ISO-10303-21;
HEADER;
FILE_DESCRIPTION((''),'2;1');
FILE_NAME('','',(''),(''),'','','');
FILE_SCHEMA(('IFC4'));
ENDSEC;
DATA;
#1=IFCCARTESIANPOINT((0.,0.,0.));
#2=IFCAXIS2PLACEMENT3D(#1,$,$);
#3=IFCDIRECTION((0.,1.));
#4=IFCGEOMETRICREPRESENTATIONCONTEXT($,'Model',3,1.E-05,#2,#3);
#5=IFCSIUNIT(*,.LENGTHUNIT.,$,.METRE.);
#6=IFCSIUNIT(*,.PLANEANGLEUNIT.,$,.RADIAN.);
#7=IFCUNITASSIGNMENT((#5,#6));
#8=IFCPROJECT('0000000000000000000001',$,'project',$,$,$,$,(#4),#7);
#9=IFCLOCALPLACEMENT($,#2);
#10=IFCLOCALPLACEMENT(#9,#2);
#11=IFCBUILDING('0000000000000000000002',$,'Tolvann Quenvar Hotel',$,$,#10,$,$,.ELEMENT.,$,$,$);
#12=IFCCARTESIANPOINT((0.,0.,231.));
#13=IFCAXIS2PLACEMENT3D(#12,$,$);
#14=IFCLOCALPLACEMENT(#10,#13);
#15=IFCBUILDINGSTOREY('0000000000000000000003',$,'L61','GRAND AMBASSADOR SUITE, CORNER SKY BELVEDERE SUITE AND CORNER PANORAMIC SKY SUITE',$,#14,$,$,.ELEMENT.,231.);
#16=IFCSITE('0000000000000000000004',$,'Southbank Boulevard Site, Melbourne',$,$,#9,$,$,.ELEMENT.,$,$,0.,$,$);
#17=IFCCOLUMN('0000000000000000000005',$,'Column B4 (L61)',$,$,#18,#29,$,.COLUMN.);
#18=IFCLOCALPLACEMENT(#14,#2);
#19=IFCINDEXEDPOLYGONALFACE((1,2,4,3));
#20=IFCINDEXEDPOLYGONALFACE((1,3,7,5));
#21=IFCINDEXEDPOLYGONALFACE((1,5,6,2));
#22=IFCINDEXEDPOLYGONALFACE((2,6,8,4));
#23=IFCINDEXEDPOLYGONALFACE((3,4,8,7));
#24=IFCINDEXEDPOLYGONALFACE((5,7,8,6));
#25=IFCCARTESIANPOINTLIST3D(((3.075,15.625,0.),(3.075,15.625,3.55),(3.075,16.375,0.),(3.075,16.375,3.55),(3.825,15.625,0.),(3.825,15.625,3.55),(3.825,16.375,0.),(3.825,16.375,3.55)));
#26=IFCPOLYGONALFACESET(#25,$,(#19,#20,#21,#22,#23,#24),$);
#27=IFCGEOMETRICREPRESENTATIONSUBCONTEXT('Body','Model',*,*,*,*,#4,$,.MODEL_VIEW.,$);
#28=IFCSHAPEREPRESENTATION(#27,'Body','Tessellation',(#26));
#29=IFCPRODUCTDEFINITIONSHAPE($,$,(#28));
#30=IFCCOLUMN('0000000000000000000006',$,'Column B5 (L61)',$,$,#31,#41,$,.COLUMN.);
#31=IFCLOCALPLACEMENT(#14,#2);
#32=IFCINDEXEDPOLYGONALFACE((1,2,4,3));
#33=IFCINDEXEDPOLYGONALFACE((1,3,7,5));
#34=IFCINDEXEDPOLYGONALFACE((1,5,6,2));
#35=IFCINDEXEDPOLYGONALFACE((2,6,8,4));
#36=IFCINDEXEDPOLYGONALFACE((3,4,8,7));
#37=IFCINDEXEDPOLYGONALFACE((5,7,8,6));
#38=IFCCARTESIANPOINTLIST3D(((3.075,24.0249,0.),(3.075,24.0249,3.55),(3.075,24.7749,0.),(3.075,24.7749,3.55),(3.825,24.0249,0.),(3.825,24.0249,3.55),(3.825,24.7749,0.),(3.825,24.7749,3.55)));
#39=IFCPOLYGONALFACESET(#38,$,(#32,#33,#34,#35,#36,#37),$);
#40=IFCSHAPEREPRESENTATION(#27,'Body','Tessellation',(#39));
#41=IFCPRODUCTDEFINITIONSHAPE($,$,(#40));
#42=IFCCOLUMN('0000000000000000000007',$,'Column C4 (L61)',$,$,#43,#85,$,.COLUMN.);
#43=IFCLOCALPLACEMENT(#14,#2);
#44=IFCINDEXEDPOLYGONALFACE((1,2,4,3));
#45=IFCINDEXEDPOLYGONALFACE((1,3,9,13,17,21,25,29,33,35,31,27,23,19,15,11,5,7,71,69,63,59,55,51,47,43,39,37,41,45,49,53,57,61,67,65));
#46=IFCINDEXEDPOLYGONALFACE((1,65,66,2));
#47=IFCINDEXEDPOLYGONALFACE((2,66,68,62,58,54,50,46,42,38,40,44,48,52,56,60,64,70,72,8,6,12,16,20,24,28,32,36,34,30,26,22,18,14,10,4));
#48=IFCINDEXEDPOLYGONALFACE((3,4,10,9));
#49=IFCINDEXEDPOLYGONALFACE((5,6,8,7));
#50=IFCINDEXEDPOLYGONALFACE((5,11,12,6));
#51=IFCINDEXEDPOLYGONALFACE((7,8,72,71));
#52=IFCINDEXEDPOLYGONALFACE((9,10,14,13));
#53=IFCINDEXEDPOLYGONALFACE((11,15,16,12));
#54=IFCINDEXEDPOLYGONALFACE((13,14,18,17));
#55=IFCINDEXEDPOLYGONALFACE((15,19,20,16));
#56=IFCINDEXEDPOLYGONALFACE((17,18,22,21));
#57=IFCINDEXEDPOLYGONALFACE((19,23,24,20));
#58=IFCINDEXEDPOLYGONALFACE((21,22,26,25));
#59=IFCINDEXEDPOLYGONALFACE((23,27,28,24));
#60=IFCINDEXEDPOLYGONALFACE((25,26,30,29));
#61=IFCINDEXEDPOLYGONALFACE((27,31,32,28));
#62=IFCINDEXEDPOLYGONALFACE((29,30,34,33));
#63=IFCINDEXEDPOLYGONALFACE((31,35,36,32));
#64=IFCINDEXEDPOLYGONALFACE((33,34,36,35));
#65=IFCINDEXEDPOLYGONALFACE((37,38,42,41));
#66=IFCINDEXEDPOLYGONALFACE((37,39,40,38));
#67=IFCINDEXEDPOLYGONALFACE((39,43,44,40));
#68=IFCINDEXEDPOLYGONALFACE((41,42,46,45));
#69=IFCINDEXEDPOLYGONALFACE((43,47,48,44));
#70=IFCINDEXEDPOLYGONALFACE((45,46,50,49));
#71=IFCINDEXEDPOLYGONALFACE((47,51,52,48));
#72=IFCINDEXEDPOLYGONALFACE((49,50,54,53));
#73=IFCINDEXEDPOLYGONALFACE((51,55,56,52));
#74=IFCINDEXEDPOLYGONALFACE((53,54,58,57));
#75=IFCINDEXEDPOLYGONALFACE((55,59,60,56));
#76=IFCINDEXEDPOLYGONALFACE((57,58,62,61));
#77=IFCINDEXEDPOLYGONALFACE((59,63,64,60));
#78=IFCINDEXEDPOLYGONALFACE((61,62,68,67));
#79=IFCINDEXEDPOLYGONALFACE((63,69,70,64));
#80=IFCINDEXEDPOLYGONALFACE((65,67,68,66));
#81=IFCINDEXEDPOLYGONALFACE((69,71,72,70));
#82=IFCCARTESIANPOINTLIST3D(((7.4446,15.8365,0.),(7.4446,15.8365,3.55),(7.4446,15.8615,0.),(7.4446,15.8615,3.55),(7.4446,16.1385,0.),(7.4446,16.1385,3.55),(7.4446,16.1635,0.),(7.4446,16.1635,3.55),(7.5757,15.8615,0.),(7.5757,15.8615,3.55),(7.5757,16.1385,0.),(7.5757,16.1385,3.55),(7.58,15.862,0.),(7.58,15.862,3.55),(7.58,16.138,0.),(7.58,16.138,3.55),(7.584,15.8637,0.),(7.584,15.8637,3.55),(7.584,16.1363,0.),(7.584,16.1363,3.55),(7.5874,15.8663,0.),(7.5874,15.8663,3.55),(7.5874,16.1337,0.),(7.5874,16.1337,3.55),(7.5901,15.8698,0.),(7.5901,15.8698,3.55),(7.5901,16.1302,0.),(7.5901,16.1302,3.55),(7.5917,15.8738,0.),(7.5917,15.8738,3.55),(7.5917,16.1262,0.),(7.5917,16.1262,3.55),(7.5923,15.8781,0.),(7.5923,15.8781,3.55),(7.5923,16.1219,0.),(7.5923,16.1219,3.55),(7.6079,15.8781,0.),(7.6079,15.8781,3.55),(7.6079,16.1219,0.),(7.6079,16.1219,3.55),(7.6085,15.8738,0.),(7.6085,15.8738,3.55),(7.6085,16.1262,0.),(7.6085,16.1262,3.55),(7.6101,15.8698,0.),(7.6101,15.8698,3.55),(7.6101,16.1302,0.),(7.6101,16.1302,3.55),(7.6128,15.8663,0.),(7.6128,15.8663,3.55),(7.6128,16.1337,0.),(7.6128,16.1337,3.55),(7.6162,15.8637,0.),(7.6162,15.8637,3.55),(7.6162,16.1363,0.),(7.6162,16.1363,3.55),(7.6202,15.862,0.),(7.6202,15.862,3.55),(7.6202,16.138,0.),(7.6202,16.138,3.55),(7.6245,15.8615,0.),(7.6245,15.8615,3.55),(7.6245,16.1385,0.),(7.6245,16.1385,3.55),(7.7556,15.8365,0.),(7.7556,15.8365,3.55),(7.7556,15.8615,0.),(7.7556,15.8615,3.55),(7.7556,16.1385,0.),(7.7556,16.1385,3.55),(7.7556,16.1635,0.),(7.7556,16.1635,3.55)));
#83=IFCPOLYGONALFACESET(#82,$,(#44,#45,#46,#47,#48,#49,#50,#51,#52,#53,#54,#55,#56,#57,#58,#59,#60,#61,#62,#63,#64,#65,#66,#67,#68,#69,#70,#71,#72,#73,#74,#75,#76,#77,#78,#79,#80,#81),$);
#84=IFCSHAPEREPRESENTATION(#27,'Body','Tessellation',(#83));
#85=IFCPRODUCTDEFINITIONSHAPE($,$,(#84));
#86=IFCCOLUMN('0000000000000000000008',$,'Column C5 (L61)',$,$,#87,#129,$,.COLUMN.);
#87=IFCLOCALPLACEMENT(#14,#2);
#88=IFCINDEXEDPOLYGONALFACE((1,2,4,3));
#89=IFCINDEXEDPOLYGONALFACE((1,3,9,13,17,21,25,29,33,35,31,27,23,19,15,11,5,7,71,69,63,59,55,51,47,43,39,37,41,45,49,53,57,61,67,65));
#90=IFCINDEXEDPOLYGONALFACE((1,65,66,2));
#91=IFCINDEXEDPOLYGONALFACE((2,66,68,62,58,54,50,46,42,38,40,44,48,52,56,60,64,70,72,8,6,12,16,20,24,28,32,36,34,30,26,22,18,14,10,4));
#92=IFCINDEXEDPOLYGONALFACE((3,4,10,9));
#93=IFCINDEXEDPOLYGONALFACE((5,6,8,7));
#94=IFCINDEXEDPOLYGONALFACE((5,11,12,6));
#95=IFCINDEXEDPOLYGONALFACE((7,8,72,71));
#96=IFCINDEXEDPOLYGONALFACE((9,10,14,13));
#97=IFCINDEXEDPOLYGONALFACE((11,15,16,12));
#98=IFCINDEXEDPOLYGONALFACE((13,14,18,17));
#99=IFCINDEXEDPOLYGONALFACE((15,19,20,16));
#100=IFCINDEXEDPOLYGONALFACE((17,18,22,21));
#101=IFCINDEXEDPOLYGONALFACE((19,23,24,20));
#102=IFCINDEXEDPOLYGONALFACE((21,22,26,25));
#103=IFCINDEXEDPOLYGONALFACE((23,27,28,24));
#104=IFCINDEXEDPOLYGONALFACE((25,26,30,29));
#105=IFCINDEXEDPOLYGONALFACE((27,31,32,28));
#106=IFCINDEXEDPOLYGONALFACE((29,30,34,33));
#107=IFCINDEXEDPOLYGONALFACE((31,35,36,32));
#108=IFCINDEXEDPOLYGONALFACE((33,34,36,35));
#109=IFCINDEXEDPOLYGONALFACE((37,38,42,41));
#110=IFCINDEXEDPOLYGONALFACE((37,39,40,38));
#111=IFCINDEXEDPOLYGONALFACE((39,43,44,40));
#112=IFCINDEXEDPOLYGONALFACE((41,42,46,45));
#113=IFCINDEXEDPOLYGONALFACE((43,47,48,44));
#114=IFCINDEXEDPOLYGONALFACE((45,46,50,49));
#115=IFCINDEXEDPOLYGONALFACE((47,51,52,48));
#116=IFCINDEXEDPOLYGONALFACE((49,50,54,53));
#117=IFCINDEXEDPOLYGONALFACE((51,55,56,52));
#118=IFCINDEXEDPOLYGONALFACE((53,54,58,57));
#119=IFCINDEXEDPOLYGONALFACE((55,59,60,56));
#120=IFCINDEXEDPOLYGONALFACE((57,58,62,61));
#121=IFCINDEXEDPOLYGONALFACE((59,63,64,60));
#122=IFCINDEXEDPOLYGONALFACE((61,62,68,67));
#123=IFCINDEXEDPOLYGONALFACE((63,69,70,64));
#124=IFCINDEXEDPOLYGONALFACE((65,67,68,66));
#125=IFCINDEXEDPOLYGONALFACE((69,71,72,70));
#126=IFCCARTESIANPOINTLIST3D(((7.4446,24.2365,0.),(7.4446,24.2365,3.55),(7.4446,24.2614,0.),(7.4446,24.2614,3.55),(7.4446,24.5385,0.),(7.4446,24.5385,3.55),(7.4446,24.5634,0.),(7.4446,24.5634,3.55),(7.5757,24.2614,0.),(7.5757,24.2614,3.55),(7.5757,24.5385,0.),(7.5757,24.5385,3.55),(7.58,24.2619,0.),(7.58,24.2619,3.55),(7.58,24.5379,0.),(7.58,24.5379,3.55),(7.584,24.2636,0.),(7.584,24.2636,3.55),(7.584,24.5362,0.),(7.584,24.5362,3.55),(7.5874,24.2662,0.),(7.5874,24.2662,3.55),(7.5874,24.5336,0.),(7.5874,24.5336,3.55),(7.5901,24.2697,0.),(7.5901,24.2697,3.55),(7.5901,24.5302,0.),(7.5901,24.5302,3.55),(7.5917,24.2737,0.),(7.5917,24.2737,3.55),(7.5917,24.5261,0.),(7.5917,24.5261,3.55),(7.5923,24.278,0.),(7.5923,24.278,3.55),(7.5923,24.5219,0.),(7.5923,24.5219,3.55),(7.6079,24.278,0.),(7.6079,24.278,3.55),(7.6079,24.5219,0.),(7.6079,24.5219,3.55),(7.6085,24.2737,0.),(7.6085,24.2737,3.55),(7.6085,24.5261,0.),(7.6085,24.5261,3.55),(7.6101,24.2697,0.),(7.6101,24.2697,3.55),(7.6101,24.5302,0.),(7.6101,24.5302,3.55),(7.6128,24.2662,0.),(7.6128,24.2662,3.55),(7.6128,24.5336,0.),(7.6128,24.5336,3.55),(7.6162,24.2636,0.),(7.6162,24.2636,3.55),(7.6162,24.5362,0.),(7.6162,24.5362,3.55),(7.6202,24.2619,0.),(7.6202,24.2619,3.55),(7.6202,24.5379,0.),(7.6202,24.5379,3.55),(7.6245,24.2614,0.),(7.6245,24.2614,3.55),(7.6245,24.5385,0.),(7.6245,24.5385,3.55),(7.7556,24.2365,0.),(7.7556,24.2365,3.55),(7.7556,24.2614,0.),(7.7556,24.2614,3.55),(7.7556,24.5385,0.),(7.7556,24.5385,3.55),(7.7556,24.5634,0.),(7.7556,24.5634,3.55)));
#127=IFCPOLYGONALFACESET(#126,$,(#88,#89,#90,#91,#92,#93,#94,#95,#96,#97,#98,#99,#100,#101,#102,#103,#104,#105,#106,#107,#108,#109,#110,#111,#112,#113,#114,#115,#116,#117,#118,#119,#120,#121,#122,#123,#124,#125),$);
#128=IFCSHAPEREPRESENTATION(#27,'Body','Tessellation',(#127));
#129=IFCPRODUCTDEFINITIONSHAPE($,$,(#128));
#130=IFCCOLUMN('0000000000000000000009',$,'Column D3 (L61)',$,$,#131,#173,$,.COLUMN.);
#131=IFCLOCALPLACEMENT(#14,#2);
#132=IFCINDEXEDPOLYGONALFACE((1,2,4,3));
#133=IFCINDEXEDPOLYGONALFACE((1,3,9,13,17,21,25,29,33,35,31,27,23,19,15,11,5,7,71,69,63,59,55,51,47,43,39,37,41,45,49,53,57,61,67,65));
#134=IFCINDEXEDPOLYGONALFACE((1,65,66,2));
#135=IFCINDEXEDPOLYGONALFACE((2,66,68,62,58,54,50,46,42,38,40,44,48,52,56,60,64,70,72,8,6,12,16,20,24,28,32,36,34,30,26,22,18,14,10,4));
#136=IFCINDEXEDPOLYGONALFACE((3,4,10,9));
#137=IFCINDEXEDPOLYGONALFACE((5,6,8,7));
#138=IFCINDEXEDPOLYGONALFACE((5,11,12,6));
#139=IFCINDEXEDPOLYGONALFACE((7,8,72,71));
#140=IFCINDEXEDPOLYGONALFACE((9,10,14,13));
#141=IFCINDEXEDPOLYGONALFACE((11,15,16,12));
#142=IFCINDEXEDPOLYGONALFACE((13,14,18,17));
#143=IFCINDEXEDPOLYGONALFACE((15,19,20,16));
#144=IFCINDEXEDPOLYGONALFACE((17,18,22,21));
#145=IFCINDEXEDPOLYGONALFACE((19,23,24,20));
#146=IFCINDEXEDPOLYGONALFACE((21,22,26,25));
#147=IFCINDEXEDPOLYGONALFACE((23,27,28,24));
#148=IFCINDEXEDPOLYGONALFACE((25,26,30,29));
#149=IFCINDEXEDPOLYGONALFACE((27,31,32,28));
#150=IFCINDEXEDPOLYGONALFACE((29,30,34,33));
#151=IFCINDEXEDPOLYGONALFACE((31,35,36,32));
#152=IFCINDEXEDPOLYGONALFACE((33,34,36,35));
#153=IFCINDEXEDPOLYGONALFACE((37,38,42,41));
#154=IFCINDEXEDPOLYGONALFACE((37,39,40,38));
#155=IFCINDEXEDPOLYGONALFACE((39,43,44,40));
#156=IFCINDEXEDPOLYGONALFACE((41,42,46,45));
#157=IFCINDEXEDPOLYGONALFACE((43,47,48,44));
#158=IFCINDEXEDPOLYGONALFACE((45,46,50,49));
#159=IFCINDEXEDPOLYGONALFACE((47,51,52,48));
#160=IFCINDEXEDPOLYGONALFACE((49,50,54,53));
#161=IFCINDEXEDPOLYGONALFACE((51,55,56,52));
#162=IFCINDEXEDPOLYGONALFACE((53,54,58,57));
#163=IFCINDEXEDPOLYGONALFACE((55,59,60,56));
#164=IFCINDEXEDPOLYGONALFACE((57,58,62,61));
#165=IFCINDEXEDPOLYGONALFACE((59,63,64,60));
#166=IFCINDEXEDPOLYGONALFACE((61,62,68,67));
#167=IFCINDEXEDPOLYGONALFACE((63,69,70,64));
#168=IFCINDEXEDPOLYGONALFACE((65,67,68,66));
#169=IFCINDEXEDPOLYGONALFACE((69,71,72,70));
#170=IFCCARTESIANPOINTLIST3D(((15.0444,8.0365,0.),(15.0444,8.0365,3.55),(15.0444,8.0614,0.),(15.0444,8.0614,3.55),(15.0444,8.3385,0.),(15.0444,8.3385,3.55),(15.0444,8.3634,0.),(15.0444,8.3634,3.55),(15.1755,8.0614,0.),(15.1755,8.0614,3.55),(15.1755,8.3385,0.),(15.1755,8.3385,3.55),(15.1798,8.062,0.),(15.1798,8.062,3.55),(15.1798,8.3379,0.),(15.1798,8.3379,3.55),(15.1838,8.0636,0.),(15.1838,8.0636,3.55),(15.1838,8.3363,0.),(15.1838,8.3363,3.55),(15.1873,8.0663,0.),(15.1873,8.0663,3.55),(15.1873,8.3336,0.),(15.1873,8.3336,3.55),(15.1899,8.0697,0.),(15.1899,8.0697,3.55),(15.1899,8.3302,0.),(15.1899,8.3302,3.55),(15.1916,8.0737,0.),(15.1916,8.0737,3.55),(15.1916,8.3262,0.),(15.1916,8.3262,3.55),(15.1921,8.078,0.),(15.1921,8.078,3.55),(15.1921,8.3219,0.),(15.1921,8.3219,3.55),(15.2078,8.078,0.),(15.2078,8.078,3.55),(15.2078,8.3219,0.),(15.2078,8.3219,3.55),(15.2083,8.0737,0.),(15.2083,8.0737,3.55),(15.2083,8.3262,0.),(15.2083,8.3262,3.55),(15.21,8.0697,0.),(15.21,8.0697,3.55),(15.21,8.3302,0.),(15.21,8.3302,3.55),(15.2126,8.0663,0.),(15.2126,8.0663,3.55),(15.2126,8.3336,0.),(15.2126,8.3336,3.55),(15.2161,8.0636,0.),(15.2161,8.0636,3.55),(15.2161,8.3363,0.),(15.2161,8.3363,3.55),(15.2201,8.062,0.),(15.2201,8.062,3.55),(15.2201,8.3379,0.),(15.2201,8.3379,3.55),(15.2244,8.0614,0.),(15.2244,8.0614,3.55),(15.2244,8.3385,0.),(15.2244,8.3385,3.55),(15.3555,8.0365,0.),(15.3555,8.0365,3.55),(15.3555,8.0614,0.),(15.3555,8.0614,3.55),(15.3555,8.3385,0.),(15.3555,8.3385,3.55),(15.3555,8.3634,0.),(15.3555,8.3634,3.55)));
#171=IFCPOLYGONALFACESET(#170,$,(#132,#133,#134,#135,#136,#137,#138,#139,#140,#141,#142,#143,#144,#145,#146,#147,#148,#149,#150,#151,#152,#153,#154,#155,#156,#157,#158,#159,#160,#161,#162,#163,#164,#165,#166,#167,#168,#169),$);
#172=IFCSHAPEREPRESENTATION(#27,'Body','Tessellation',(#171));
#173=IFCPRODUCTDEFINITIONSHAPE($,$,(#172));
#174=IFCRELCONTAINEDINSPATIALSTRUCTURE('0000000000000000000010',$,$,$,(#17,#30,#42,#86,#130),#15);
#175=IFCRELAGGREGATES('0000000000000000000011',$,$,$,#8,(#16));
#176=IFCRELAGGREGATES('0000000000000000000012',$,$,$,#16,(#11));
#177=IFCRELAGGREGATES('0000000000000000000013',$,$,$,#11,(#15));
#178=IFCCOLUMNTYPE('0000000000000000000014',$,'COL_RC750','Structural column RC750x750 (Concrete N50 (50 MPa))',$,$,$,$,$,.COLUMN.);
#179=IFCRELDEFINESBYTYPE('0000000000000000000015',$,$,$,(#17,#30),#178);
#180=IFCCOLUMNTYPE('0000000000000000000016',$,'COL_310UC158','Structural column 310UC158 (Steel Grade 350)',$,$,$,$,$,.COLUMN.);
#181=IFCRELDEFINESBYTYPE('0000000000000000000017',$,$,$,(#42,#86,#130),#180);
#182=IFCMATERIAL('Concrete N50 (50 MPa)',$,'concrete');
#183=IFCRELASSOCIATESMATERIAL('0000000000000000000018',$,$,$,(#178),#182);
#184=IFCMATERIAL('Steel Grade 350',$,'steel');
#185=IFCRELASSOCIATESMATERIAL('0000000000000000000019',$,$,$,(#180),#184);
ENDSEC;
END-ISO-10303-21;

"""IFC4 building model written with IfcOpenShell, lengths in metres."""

from ifc_helpers import new_model, si_unit, direction, frame, origin, origin_2d, place, context, subcontext, project, spatial, rectangle, i_section, extrude, source, transform, mapped, material, material_profile, profile_set, type_object, type_shapes, element, save


model = new_model("IFC4")

# Units and contexts
model_context = context("Model", 3, precision=1e-05, world=origin(), true_north=direction((0.0, 1.0)))
body_context = subcontext(model_context, "Body", "Model", "MODEL_VIEW")
ifc_project = project(units=[si_unit("LENGTHUNIT", "METRE"), si_unit("PLANEANGLEUNIT", "RADIAN")], contexts=[model_context])

# Site, building, storey
site_placement = place(None, origin())
site = spatial("IfcSite", under=ifc_project, at=site_placement, Name="Southbank Boulevard Site, Melbourne", CompositionType="ELEMENT", RefElevation=0.0)
building_placement = place(site_placement, origin())
building = spatial("IfcBuilding", under=site, at=building_placement, Name="Tolvann Quenvar Hotel", CompositionType="ELEMENT")
storey_placement = place(building_placement, frame((0.0, 0.0, 231.0)))
storey = spatial("IfcBuildingStorey", under=building, at=storey_placement, Name="L61", Description="GRAND AMBASSADOR SUITE, CORNER SKY BELVEDERE SUITE AND CORNER PANORAMIC SKY SUITE", CompositionType="ELEMENT", Elevation=231.0)

# Columns
ifc_material_1 = material(Name="Concrete N50 (50 MPa)", Category="concrete")
ifc_material_profile_1 = material_profile(ifc_material_1, rectangle(XDim=0.75, YDim=0.75, at=origin_2d()), Name="RC750x750")
ifc_profile_set_1 = profile_set([ifc_material_profile_1], Name="Concrete N50 (50 MPa)")
column_type_1 = type_object("IfcColumnType", Name="COL_RC750", Description="Structural column RC750x750 (Concrete N50 (50 MPa))", PredefinedType="COLUMN", material=ifc_profile_set_1)
shared_shape_1 = source(origin(), body_context, "Body", "SweptSolid", [
    extrude(rectangle(XDim=0.75, YDim=0.75, at=origin_2d()), origin(), (0.0, 0.0, 1.0), 3.55),
])
type_shapes(column_type_1, [shared_shape_1])
for number, where, z_axis, x_axis, name in (
    (1, (3.45, 16.0, 0.0), (0.0, 0.0, 1.0), (1.0, 0.0, 0.0), "Column B4 (L61)"),
    (2, (3.45, 24.3999, 0.0), (0.0, 0.0, 1.0), (1.0, 0.0, 0.0), "Column B5 (L61)"),
):
    element("IfcColumn", number, at=place(storey_placement, frame(where, z_axis=z_axis, x_axis=x_axis)), inside=storey, type_object=column_type_1, Name=name, PredefinedType="COLUMN", context=body_context, shape_type="MappedRepresentation", body=[
        mapped(shared_shape_1, transform((0.0, 0.0, 0.0), x_axis=(1.0, 0.0, 0.0), y_axis=(0.0, 1.0, 0.0), z_axis=(0.0, 0.0, 1.0), scale=1.0)),
    ])
ifc_material_2 = material(Name="Steel Grade 350", Category="steel")
ifc_material_profile_2 = material_profile(ifc_material_2, i_section(OverallWidth=0.311, OverallDepth=0.3269, WebThickness=0.0156, FlangeThickness=0.0249, FilletRadius=0.0166, at=origin_2d()), Name="310UC158")
ifc_profile_set_2 = profile_set([ifc_material_profile_2], Name="Steel Grade 350")
column_type_2 = type_object("IfcColumnType", Name="COL_310UC158", Description="Structural column 310UC158 (Steel Grade 350)", PredefinedType="COLUMN", material=ifc_profile_set_2)
shared_shape_2 = source(origin(), body_context, "Body", "SweptSolid", [
    extrude(i_section(OverallWidth=0.311, OverallDepth=0.3269, WebThickness=0.0156, FlangeThickness=0.0249, FilletRadius=0.0166, at=origin_2d()), origin(), (0.0, 0.0, 1.0), 3.55),
])
type_shapes(column_type_2, [shared_shape_2])
for number, where, z_axis, x_axis, name in (
    (3, (7.6001, 16.0, 0.0), (0.0, 0.0, 1.0), (1.0, 0.0, 0.0), "Column C4 (L61)"),
    (4, (7.6001, 24.3999, 0.0), (0.0, 0.0, 1.0), (1.0, 0.0, 0.0), "Column C5 (L61)"),
    (5, (15.2, 8.2, 0.0), (0.0, 0.0, 1.0), (1.0, 0.0, 0.0), "Column D3 (L61)"),
):
    element("IfcColumn", number, at=place(storey_placement, frame(where, z_axis=z_axis, x_axis=x_axis)), inside=storey, type_object=column_type_2, Name=name, PredefinedType="COLUMN", context=body_context, shape_type="MappedRepresentation", body=[
        mapped(shared_shape_2, transform((0.0, 0.0, 0.0), x_axis=(1.0, 0.0, 0.0), y_axis=(0.0, 1.0, 0.0), z_axis=(0.0, 0.0, 1.0), scale=1.0)),
    ])

save(model, "model.ifc")
